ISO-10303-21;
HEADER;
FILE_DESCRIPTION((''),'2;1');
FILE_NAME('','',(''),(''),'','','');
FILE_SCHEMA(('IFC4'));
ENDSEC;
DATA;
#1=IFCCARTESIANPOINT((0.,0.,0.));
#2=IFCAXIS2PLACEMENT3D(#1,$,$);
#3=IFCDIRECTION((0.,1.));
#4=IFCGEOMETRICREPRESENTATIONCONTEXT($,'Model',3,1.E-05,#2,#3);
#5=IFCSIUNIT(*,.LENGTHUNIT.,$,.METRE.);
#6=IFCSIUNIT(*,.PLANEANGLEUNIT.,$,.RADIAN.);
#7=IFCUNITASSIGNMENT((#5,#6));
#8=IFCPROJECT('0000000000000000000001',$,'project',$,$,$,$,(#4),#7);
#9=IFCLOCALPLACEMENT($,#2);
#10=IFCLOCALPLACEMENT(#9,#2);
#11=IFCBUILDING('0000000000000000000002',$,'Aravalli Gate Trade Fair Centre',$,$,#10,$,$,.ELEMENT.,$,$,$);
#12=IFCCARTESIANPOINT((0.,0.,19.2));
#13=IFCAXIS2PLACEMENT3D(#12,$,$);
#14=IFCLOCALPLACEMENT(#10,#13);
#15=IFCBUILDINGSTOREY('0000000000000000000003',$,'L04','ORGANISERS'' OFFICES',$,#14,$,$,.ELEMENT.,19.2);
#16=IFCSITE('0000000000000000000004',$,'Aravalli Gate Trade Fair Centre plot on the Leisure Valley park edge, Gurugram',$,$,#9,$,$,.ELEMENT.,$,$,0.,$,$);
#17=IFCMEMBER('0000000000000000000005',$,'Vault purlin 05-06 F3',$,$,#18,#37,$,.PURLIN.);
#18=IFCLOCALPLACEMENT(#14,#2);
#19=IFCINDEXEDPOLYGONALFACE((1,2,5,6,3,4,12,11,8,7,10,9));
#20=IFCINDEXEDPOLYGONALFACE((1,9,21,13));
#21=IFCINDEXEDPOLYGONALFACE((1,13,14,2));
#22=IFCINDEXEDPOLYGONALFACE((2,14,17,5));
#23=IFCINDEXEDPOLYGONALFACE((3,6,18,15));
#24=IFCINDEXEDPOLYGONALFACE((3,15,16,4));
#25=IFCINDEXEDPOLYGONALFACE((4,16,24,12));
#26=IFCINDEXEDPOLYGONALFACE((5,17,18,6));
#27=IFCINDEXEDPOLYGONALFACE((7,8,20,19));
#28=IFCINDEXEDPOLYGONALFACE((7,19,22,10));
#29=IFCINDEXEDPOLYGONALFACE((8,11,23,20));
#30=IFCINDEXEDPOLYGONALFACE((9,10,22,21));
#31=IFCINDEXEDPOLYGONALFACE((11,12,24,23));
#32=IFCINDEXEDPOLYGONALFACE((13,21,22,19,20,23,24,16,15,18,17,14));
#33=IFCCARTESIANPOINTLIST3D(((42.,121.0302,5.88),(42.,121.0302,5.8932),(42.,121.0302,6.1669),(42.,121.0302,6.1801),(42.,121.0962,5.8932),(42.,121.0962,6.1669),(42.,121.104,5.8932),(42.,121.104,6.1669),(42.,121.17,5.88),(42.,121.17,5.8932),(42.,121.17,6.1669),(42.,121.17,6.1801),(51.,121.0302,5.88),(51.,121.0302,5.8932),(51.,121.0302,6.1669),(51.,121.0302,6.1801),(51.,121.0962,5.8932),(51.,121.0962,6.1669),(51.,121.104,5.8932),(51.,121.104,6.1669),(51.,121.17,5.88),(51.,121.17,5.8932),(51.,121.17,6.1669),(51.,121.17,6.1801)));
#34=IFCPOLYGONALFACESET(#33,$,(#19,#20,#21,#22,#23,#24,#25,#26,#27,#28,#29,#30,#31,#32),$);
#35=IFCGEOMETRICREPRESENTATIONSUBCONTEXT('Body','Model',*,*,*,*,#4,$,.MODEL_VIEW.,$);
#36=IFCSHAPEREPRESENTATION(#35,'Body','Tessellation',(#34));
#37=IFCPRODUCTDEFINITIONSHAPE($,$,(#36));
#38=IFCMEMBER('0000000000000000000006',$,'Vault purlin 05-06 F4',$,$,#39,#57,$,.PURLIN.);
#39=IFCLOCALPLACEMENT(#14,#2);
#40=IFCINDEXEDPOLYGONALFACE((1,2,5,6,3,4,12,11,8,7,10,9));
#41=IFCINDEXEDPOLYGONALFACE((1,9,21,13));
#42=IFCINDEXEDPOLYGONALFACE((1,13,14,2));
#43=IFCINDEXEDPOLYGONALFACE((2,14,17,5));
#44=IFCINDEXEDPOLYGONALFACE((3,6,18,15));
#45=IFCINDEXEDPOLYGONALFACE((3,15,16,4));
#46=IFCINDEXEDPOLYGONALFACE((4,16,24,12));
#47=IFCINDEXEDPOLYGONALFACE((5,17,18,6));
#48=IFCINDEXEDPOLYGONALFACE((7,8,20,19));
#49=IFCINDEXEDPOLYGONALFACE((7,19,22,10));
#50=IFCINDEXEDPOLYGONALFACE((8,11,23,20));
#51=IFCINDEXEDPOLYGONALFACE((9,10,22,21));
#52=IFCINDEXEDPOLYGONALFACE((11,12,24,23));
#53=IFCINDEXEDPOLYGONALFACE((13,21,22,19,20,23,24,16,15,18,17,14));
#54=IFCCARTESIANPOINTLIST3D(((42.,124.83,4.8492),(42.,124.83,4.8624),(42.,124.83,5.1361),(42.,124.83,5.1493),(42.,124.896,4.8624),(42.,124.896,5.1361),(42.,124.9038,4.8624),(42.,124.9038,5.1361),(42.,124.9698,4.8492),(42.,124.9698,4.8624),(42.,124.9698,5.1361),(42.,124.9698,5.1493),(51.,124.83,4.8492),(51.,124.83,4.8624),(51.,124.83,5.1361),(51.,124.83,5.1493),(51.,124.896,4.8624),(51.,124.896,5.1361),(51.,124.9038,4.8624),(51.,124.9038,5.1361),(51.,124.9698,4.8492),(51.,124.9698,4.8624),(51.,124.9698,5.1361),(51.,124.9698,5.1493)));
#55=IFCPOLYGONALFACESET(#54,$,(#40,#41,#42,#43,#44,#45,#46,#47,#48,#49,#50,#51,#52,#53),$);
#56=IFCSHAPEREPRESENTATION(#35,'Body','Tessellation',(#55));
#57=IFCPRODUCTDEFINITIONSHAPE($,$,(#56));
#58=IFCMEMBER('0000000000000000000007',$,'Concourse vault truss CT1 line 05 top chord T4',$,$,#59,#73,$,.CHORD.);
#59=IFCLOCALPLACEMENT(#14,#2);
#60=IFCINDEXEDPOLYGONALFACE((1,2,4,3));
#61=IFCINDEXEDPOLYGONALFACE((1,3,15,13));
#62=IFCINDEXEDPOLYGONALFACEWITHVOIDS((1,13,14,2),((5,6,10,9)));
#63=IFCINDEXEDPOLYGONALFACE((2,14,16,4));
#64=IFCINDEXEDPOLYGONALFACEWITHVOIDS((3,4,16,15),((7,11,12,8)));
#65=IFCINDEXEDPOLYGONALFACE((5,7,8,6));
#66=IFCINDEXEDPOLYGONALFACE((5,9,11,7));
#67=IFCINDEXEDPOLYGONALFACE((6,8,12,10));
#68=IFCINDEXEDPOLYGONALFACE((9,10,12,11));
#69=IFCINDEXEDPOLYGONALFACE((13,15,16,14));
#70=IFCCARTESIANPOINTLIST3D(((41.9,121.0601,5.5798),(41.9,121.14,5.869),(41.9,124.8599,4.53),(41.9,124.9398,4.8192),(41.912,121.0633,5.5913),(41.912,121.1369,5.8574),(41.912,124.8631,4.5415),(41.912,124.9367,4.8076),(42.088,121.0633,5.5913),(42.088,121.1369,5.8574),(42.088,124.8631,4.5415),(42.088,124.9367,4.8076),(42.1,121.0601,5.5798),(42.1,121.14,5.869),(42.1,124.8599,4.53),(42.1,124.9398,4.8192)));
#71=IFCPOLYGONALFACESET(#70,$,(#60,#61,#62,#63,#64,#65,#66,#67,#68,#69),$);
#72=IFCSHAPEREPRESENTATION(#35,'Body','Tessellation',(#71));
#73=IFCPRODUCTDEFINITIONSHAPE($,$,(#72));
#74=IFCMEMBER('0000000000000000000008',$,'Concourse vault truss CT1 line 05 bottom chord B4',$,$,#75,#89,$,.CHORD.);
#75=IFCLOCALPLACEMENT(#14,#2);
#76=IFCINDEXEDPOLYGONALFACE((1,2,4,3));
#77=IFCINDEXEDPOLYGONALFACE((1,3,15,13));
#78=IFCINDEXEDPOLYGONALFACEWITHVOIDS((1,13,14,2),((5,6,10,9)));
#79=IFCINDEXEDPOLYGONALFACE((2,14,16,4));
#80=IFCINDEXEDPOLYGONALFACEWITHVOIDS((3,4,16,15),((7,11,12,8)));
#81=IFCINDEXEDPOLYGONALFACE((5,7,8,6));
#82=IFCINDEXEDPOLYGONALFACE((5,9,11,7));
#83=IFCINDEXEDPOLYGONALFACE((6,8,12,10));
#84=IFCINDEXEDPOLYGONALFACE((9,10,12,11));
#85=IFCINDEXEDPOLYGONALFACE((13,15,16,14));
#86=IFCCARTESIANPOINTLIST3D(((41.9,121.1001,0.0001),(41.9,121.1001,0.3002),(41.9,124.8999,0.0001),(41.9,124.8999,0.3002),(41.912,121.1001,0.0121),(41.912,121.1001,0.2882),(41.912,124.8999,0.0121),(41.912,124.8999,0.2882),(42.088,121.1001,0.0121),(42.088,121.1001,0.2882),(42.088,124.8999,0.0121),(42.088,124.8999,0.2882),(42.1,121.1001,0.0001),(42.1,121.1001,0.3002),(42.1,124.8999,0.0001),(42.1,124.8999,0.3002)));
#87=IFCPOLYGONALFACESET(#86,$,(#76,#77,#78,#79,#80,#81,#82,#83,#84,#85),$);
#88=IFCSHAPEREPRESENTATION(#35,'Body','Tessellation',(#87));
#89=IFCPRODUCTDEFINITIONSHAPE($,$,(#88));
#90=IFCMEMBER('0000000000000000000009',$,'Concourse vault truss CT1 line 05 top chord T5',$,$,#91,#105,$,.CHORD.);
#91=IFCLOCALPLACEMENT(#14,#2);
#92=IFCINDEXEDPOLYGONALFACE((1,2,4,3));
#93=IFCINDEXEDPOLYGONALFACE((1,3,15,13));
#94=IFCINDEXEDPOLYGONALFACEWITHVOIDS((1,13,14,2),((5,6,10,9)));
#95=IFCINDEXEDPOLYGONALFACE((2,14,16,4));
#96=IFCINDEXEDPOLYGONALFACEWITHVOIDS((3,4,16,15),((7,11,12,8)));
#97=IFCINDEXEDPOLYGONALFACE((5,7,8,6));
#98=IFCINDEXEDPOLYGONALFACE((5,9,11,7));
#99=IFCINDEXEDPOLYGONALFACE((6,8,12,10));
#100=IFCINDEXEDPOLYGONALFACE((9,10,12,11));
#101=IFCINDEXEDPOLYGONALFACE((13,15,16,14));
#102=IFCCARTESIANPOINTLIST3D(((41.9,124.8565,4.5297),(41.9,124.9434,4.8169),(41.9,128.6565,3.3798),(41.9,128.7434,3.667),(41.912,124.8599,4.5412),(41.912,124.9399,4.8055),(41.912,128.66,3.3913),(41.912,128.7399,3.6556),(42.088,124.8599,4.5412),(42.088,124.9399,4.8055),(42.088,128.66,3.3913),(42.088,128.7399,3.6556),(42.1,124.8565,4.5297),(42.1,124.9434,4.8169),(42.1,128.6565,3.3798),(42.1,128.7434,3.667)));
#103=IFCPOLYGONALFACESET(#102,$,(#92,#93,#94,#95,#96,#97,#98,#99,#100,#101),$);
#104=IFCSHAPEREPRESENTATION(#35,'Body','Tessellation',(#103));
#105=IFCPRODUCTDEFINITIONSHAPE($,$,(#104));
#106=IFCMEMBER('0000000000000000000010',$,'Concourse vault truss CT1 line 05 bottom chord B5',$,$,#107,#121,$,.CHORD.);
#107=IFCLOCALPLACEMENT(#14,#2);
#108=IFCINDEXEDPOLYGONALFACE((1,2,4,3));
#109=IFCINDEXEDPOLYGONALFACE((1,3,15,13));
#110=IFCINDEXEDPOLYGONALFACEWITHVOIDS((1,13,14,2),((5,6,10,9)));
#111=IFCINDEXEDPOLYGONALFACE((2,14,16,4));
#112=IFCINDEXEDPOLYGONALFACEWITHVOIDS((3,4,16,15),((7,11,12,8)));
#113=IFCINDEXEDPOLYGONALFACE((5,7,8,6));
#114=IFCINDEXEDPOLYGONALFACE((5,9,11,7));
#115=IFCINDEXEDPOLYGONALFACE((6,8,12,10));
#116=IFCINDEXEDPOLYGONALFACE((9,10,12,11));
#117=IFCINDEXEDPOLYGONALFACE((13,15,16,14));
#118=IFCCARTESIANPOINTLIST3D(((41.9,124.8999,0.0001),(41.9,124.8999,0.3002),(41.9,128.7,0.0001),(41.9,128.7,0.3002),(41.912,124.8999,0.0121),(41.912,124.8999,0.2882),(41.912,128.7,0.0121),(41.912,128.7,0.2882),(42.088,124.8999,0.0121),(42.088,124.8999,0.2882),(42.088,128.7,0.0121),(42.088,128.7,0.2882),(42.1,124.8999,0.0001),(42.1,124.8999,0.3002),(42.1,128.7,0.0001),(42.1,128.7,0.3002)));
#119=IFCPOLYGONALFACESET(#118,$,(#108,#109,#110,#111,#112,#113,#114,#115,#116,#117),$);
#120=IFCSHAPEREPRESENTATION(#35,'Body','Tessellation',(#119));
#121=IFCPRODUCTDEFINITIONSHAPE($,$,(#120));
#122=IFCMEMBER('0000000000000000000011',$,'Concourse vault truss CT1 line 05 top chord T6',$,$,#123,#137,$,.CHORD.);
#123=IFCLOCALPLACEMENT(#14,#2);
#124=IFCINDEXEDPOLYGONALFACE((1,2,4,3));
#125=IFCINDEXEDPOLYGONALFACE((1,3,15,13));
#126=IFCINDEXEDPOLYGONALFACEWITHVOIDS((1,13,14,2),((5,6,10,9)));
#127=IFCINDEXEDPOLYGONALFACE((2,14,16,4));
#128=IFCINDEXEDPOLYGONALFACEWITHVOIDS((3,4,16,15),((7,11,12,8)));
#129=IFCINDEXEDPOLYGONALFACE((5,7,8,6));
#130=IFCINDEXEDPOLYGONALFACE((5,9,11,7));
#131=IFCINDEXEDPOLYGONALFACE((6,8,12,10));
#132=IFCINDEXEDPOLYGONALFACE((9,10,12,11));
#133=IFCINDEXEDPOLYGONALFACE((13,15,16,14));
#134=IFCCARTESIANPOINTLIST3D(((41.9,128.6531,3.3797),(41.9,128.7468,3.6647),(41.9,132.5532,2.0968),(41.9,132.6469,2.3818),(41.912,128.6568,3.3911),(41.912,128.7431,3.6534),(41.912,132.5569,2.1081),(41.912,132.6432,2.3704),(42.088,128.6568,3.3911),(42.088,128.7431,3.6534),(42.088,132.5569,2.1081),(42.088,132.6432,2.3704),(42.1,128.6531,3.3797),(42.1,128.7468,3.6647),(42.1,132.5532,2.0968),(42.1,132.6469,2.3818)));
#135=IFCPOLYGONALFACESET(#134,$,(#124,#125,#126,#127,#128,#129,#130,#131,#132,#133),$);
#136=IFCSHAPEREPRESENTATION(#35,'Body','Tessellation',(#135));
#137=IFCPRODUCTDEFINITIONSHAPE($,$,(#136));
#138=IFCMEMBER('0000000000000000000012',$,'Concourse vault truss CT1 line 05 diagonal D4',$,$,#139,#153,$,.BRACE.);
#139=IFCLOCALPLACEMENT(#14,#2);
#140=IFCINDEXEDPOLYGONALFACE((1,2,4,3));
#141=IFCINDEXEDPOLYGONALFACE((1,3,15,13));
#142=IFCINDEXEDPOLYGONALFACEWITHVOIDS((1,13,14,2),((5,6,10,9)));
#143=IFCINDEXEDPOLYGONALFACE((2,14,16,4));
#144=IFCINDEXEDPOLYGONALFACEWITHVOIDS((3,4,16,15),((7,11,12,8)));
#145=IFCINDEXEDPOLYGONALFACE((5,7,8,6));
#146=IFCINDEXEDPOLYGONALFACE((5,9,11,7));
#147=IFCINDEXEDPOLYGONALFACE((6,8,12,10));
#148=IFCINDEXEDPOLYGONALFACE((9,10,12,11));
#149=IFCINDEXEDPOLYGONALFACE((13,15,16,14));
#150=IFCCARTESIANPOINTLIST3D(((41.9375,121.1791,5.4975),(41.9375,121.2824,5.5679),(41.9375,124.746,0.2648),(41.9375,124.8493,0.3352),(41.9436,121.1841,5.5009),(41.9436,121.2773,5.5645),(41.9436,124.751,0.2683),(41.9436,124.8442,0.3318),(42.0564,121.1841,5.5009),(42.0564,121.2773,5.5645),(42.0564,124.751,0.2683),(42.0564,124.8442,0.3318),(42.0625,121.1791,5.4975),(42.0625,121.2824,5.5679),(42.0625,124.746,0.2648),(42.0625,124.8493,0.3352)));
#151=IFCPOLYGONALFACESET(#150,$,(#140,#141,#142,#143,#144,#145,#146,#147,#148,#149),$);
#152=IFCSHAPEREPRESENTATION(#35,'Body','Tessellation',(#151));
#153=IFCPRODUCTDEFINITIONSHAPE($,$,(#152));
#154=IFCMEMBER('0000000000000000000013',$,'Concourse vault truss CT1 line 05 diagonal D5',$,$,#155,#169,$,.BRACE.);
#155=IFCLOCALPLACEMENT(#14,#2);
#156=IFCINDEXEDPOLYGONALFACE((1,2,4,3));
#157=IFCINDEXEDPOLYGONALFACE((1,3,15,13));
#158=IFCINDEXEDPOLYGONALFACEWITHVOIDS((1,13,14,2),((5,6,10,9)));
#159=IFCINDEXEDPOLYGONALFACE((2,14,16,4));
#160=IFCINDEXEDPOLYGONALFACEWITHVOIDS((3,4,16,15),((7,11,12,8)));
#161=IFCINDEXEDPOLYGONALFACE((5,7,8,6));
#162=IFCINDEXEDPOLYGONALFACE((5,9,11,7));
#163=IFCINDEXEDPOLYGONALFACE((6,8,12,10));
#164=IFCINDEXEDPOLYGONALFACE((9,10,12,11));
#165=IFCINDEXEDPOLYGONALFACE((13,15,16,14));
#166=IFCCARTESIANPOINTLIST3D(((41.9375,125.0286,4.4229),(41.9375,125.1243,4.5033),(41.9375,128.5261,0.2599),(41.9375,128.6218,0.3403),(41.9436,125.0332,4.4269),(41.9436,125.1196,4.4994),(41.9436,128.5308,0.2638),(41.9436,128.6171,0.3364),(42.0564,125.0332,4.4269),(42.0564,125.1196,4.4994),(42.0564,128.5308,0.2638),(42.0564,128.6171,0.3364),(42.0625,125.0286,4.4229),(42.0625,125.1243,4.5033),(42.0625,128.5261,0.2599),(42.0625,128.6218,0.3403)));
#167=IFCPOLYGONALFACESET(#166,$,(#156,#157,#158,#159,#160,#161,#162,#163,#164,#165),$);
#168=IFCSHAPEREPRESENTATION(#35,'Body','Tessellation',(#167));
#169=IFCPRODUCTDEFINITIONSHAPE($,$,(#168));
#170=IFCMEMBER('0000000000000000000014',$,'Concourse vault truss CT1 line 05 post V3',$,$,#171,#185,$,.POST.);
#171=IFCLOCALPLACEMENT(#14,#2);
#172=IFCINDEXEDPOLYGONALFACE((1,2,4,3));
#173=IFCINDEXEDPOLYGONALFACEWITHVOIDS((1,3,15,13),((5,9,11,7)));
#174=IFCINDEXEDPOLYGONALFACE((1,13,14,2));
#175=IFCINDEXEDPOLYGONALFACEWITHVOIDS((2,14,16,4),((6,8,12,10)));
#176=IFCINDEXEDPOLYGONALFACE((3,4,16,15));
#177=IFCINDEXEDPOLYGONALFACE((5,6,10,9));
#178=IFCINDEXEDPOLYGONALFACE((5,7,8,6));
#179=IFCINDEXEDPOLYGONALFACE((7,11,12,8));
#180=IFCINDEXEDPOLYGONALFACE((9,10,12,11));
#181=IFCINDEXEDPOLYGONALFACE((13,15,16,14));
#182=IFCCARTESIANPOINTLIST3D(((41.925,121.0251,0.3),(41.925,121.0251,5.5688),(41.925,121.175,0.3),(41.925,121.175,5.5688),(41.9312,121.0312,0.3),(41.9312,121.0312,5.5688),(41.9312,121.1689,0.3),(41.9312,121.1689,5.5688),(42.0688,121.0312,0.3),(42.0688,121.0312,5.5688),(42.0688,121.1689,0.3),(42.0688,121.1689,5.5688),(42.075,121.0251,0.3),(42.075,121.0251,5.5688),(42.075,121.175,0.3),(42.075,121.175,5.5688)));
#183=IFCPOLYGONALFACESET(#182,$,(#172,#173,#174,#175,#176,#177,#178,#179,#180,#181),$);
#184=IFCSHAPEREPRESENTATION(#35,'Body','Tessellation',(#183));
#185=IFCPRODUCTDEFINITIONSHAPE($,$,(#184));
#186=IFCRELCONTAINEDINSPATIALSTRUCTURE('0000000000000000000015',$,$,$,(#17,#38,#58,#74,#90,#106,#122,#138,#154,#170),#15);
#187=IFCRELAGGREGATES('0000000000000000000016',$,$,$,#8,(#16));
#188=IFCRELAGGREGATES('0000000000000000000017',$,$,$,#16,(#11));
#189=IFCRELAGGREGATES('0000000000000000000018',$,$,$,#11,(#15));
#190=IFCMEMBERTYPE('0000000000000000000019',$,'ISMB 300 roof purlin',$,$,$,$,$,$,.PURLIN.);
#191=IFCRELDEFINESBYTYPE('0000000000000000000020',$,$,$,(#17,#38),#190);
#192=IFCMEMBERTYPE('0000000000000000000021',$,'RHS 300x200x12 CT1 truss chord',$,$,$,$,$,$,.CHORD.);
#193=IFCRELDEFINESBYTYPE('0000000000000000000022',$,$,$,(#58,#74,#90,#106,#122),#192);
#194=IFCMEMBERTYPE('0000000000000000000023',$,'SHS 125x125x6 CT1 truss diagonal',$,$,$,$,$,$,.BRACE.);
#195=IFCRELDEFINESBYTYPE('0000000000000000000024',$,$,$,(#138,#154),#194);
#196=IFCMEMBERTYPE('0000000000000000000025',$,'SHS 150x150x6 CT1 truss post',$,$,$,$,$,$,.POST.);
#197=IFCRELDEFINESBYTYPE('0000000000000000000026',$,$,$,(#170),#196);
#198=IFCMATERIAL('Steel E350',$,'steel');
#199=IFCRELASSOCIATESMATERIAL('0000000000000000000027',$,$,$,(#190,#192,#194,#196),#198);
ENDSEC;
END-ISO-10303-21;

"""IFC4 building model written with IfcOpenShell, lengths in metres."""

from ifc_helpers import new_model, si_unit, direction, frame, origin, origin_2d, place, context, subcontext, project, spatial, hollow_rectangle, i_section, extrude, material, material_profile, profile_set, type_object, element, save


model = new_model("IFC4")

# Units and contexts
model_context = context("Model", 3, precision=1e-05, world=origin(), true_north=direction((0.0, 1.0)))
body_context = subcontext(model_context, "Body", "Model", "MODEL_VIEW")
ifc_project = project(units=[si_unit("LENGTHUNIT", "METRE"), si_unit("PLANEANGLEUNIT", "RADIAN")], contexts=[model_context])

# Site, building, storey
site_placement = place(None, origin())
site = spatial("IfcSite", under=ifc_project, at=site_placement, Name="Aravalli Gate Trade Fair Centre plot on the Leisure Valley park edge, Gurugram", CompositionType="ELEMENT", RefElevation=0.0)
building_placement = place(site_placement, origin())
building = spatial("IfcBuilding", under=site, at=building_placement, Name="Aravalli Gate Trade Fair Centre", CompositionType="ELEMENT")
storey_placement = place(building_placement, frame((0.0, 0.0, 19.2)))
storey = spatial("IfcBuildingStorey", under=building, at=storey_placement, Name="L04", Description="ORGANISERS' OFFICES", CompositionType="ELEMENT", Elevation=19.2)

# Members
ifc_material_1 = material(Name="Steel E350", Category="steel")
ifc_material_profile_1 = material_profile(ifc_material_1, i_section(OverallWidth=0.1399, OverallDepth=0.3, WebThickness=0.0078, FlangeThickness=0.0132, at=origin_2d()), Name="ISMB 300")
ifc_profile_set_1 = profile_set([ifc_material_profile_1], Name="Steel E350")
member_type_1 = type_object("IfcMemberType", Name="ISMB 300 roof purlin", PredefinedType="PURLIN", material=ifc_profile_set_1)
for number, where, z_axis, x_axis, name in (
    (1, (42.0, 121.1001, 6.03), (1.0, 0.0, 0.0), (0.0, 1.0, 0.0), "Vault purlin 05-06 F3"),
    (2, (42.0, 124.8999, 4.9993), (1.0, 0.0, 0.0), (0.0, 1.0, 0.0), "Vault purlin 05-06 F4"),
):
    element("IfcMember", number, at=place(storey_placement, frame(where, z_axis=z_axis, x_axis=x_axis)), inside=storey, type_object=member_type_1, Name=name, PredefinedType="PURLIN", context=body_context, shape_type="SweptSolid", body=[
        extrude(i_section(OverallWidth=0.1399, OverallDepth=0.3, WebThickness=0.0078, FlangeThickness=0.0132, at=origin_2d()), origin(), (0.0, 0.0, 1.0), 9.0),
    ])
ifc_material_profile_2 = material_profile(ifc_material_1, hollow_rectangle(XDim=0.2, YDim=0.3, WallThickness=0.012, at=origin_2d()), Name="RHS 300x200x12")
ifc_profile_set_2 = profile_set([ifc_material_profile_2], Name="Steel E350")
member_type_2 = type_object("IfcMemberType", Name="RHS 300x200x12 CT1 truss chord", PredefinedType="CHORD", material=ifc_profile_set_2)
member_1_placement = place(storey_placement, frame((42.0, 121.1001, 5.7244), z_axis=(0.0, 0.96389, -0.266302), x_axis=(-1.0, 0.0, 0.0)))
element("IfcMember", 3, at=member_1_placement, inside=storey, type_object=member_type_2, Name="Concourse vault truss CT1 line 05 top chord T4", PredefinedType="CHORD", context=body_context, shape_type="SweptSolid", body=[
    extrude(hollow_rectangle(XDim=0.2, YDim=0.3, WallThickness=0.012, at=origin_2d()), origin(), (0.0, 0.0, 1.0), 3.9421),
])
member_2_placement = place(storey_placement, frame((42.0, 121.1001, 0.1501), z_axis=(0.0, 1.0, 0.0), x_axis=(-1.0, 0.0, 0.0)))
element("IfcMember", 4, at=member_2_placement, inside=storey, type_object=member_type_2, Name="Concourse vault truss CT1 line 05 bottom chord B4", PredefinedType="CHORD", context=body_context, shape_type="SweptSolid", body=[
    extrude(hollow_rectangle(XDim=0.2, YDim=0.3, WallThickness=0.012, at=origin_2d()), origin(), (0.0, 0.0, 1.0), 3.7998),
])
member_3_placement = place(storey_placement, frame((42.0, 124.8999, 4.6733), z_axis=(0.0, 0.957138, -0.289632), x_axis=(-1.0, 0.0, 0.0)))
element("IfcMember", 5, at=member_3_placement, inside=storey, type_object=member_type_2, Name="Concourse vault truss CT1 line 05 top chord T5", PredefinedType="CHORD", context=body_context, shape_type="SweptSolid", body=[
    extrude(hollow_rectangle(XDim=0.2, YDim=0.3, WallThickness=0.012, at=origin_2d()), origin(), (0.0, 0.0, 1.0), 3.9702),
])
member_4_placement = place(storey_placement, frame((42.0, 124.8999, 0.1501), z_axis=(0.0, 1.0, 0.0), x_axis=(-1.0, 0.0, 0.0)))
element("IfcMember", 6, at=member_4_placement, inside=storey, type_object=member_type_2, Name="Concourse vault truss CT1 line 05 bottom chord B5", PredefinedType="CHORD", context=body_context, shape_type="SweptSolid", body=[
    extrude(hollow_rectangle(XDim=0.2, YDim=0.3, WallThickness=0.012, at=origin_2d()), origin(), (0.0, 0.0, 1.0), 3.8),
])
member_5_placement = place(storey_placement, frame((42.0, 128.7, 3.5222), z_axis=(0.0, 0.949925, -0.312479), x_axis=(-1.0, 0.0, 0.0)))
element("IfcMember", 7, at=member_5_placement, inside=storey, type_object=member_type_2, Name="Concourse vault truss CT1 line 05 top chord T6", PredefinedType="CHORD", context=body_context, shape_type="SweptSolid", body=[
    extrude(hollow_rectangle(XDim=0.2, YDim=0.3, WallThickness=0.012, at=origin_2d()), origin(), (0.0, 0.0, 1.0), 4.1057),
])
ifc_material_profile_3 = material_profile(ifc_material_1, hollow_rectangle(XDim=0.125, YDim=0.125, WallThickness=0.0061, at=origin_2d()), Name="SHS 125x125x6")
ifc_profile_set_3 = profile_set([ifc_material_profile_3], Name="Steel E350")
member_type_3 = type_object("IfcMemberType", Name="SHS 125x125x6 CT1 truss diagonal", PredefinedType="BRACE", material=ifc_profile_set_3)
member_6_placement = place(storey_placement, frame((42.0, 121.2307, 5.5327), z_axis=(0.0, 0.563247, -0.826289), x_axis=(-1.0, 0.0, 0.0)))
element("IfcMember", 8, at=member_6_placement, inside=storey, type_object=member_type_3, Name="Concourse vault truss CT1 line 05 diagonal D4", PredefinedType="BRACE", context=body_context, shape_type="SweptSolid", body=[
    extrude(hollow_rectangle(XDim=0.125, YDim=0.125, WallThickness=0.0061, at=origin_2d()), origin(), (0.0, 0.0, 1.0), 6.3328),
])
member_7_placement = place(storey_placement, frame((42.0, 125.0764, 4.4631), z_axis=(0.0, 0.643253, -0.765654), x_axis=(-1.0, 0.0, 0.0)))
element("IfcMember", 9, at=member_7_placement, inside=storey, type_object=member_type_3, Name="Concourse vault truss CT1 line 05 diagonal D5", PredefinedType="BRACE", context=body_context, shape_type="SweptSolid", body=[
    extrude(hollow_rectangle(XDim=0.125, YDim=0.125, WallThickness=0.0061, at=origin_2d()), origin(), (0.0, 0.0, 1.0), 5.4373),
])
ifc_material_profile_4 = material_profile(ifc_material_1, hollow_rectangle(XDim=0.1499, YDim=0.1499, WallThickness=0.0061, at=origin_2d()), Name="SHS 150x150x6")
ifc_profile_set_4 = profile_set([ifc_material_profile_4], Name="Steel E350")
member_type_4 = type_object("IfcMemberType", Name="SHS 150x150x6 CT1 truss post", PredefinedType="POST", material=ifc_profile_set_4)
member_8_placement = place(storey_placement, frame((42.0, 121.1001, 0.3), z_axis=(0.0, 0.0, 1.0), x_axis=(1.0, 0.0, 0.0)))
element("IfcMember", 10, at=member_8_placement, inside=storey, type_object=member_type_4, Name="Concourse vault truss CT1 line 05 post V3", PredefinedType="POST", context=body_context, shape_type="SweptSolid", body=[
    extrude(hollow_rectangle(XDim=0.1499, YDim=0.1499, WallThickness=0.0061, at=origin_2d()), origin(), (0.0, 0.0, 1.0), 5.2688),
])

save(model, "model.ifc")
